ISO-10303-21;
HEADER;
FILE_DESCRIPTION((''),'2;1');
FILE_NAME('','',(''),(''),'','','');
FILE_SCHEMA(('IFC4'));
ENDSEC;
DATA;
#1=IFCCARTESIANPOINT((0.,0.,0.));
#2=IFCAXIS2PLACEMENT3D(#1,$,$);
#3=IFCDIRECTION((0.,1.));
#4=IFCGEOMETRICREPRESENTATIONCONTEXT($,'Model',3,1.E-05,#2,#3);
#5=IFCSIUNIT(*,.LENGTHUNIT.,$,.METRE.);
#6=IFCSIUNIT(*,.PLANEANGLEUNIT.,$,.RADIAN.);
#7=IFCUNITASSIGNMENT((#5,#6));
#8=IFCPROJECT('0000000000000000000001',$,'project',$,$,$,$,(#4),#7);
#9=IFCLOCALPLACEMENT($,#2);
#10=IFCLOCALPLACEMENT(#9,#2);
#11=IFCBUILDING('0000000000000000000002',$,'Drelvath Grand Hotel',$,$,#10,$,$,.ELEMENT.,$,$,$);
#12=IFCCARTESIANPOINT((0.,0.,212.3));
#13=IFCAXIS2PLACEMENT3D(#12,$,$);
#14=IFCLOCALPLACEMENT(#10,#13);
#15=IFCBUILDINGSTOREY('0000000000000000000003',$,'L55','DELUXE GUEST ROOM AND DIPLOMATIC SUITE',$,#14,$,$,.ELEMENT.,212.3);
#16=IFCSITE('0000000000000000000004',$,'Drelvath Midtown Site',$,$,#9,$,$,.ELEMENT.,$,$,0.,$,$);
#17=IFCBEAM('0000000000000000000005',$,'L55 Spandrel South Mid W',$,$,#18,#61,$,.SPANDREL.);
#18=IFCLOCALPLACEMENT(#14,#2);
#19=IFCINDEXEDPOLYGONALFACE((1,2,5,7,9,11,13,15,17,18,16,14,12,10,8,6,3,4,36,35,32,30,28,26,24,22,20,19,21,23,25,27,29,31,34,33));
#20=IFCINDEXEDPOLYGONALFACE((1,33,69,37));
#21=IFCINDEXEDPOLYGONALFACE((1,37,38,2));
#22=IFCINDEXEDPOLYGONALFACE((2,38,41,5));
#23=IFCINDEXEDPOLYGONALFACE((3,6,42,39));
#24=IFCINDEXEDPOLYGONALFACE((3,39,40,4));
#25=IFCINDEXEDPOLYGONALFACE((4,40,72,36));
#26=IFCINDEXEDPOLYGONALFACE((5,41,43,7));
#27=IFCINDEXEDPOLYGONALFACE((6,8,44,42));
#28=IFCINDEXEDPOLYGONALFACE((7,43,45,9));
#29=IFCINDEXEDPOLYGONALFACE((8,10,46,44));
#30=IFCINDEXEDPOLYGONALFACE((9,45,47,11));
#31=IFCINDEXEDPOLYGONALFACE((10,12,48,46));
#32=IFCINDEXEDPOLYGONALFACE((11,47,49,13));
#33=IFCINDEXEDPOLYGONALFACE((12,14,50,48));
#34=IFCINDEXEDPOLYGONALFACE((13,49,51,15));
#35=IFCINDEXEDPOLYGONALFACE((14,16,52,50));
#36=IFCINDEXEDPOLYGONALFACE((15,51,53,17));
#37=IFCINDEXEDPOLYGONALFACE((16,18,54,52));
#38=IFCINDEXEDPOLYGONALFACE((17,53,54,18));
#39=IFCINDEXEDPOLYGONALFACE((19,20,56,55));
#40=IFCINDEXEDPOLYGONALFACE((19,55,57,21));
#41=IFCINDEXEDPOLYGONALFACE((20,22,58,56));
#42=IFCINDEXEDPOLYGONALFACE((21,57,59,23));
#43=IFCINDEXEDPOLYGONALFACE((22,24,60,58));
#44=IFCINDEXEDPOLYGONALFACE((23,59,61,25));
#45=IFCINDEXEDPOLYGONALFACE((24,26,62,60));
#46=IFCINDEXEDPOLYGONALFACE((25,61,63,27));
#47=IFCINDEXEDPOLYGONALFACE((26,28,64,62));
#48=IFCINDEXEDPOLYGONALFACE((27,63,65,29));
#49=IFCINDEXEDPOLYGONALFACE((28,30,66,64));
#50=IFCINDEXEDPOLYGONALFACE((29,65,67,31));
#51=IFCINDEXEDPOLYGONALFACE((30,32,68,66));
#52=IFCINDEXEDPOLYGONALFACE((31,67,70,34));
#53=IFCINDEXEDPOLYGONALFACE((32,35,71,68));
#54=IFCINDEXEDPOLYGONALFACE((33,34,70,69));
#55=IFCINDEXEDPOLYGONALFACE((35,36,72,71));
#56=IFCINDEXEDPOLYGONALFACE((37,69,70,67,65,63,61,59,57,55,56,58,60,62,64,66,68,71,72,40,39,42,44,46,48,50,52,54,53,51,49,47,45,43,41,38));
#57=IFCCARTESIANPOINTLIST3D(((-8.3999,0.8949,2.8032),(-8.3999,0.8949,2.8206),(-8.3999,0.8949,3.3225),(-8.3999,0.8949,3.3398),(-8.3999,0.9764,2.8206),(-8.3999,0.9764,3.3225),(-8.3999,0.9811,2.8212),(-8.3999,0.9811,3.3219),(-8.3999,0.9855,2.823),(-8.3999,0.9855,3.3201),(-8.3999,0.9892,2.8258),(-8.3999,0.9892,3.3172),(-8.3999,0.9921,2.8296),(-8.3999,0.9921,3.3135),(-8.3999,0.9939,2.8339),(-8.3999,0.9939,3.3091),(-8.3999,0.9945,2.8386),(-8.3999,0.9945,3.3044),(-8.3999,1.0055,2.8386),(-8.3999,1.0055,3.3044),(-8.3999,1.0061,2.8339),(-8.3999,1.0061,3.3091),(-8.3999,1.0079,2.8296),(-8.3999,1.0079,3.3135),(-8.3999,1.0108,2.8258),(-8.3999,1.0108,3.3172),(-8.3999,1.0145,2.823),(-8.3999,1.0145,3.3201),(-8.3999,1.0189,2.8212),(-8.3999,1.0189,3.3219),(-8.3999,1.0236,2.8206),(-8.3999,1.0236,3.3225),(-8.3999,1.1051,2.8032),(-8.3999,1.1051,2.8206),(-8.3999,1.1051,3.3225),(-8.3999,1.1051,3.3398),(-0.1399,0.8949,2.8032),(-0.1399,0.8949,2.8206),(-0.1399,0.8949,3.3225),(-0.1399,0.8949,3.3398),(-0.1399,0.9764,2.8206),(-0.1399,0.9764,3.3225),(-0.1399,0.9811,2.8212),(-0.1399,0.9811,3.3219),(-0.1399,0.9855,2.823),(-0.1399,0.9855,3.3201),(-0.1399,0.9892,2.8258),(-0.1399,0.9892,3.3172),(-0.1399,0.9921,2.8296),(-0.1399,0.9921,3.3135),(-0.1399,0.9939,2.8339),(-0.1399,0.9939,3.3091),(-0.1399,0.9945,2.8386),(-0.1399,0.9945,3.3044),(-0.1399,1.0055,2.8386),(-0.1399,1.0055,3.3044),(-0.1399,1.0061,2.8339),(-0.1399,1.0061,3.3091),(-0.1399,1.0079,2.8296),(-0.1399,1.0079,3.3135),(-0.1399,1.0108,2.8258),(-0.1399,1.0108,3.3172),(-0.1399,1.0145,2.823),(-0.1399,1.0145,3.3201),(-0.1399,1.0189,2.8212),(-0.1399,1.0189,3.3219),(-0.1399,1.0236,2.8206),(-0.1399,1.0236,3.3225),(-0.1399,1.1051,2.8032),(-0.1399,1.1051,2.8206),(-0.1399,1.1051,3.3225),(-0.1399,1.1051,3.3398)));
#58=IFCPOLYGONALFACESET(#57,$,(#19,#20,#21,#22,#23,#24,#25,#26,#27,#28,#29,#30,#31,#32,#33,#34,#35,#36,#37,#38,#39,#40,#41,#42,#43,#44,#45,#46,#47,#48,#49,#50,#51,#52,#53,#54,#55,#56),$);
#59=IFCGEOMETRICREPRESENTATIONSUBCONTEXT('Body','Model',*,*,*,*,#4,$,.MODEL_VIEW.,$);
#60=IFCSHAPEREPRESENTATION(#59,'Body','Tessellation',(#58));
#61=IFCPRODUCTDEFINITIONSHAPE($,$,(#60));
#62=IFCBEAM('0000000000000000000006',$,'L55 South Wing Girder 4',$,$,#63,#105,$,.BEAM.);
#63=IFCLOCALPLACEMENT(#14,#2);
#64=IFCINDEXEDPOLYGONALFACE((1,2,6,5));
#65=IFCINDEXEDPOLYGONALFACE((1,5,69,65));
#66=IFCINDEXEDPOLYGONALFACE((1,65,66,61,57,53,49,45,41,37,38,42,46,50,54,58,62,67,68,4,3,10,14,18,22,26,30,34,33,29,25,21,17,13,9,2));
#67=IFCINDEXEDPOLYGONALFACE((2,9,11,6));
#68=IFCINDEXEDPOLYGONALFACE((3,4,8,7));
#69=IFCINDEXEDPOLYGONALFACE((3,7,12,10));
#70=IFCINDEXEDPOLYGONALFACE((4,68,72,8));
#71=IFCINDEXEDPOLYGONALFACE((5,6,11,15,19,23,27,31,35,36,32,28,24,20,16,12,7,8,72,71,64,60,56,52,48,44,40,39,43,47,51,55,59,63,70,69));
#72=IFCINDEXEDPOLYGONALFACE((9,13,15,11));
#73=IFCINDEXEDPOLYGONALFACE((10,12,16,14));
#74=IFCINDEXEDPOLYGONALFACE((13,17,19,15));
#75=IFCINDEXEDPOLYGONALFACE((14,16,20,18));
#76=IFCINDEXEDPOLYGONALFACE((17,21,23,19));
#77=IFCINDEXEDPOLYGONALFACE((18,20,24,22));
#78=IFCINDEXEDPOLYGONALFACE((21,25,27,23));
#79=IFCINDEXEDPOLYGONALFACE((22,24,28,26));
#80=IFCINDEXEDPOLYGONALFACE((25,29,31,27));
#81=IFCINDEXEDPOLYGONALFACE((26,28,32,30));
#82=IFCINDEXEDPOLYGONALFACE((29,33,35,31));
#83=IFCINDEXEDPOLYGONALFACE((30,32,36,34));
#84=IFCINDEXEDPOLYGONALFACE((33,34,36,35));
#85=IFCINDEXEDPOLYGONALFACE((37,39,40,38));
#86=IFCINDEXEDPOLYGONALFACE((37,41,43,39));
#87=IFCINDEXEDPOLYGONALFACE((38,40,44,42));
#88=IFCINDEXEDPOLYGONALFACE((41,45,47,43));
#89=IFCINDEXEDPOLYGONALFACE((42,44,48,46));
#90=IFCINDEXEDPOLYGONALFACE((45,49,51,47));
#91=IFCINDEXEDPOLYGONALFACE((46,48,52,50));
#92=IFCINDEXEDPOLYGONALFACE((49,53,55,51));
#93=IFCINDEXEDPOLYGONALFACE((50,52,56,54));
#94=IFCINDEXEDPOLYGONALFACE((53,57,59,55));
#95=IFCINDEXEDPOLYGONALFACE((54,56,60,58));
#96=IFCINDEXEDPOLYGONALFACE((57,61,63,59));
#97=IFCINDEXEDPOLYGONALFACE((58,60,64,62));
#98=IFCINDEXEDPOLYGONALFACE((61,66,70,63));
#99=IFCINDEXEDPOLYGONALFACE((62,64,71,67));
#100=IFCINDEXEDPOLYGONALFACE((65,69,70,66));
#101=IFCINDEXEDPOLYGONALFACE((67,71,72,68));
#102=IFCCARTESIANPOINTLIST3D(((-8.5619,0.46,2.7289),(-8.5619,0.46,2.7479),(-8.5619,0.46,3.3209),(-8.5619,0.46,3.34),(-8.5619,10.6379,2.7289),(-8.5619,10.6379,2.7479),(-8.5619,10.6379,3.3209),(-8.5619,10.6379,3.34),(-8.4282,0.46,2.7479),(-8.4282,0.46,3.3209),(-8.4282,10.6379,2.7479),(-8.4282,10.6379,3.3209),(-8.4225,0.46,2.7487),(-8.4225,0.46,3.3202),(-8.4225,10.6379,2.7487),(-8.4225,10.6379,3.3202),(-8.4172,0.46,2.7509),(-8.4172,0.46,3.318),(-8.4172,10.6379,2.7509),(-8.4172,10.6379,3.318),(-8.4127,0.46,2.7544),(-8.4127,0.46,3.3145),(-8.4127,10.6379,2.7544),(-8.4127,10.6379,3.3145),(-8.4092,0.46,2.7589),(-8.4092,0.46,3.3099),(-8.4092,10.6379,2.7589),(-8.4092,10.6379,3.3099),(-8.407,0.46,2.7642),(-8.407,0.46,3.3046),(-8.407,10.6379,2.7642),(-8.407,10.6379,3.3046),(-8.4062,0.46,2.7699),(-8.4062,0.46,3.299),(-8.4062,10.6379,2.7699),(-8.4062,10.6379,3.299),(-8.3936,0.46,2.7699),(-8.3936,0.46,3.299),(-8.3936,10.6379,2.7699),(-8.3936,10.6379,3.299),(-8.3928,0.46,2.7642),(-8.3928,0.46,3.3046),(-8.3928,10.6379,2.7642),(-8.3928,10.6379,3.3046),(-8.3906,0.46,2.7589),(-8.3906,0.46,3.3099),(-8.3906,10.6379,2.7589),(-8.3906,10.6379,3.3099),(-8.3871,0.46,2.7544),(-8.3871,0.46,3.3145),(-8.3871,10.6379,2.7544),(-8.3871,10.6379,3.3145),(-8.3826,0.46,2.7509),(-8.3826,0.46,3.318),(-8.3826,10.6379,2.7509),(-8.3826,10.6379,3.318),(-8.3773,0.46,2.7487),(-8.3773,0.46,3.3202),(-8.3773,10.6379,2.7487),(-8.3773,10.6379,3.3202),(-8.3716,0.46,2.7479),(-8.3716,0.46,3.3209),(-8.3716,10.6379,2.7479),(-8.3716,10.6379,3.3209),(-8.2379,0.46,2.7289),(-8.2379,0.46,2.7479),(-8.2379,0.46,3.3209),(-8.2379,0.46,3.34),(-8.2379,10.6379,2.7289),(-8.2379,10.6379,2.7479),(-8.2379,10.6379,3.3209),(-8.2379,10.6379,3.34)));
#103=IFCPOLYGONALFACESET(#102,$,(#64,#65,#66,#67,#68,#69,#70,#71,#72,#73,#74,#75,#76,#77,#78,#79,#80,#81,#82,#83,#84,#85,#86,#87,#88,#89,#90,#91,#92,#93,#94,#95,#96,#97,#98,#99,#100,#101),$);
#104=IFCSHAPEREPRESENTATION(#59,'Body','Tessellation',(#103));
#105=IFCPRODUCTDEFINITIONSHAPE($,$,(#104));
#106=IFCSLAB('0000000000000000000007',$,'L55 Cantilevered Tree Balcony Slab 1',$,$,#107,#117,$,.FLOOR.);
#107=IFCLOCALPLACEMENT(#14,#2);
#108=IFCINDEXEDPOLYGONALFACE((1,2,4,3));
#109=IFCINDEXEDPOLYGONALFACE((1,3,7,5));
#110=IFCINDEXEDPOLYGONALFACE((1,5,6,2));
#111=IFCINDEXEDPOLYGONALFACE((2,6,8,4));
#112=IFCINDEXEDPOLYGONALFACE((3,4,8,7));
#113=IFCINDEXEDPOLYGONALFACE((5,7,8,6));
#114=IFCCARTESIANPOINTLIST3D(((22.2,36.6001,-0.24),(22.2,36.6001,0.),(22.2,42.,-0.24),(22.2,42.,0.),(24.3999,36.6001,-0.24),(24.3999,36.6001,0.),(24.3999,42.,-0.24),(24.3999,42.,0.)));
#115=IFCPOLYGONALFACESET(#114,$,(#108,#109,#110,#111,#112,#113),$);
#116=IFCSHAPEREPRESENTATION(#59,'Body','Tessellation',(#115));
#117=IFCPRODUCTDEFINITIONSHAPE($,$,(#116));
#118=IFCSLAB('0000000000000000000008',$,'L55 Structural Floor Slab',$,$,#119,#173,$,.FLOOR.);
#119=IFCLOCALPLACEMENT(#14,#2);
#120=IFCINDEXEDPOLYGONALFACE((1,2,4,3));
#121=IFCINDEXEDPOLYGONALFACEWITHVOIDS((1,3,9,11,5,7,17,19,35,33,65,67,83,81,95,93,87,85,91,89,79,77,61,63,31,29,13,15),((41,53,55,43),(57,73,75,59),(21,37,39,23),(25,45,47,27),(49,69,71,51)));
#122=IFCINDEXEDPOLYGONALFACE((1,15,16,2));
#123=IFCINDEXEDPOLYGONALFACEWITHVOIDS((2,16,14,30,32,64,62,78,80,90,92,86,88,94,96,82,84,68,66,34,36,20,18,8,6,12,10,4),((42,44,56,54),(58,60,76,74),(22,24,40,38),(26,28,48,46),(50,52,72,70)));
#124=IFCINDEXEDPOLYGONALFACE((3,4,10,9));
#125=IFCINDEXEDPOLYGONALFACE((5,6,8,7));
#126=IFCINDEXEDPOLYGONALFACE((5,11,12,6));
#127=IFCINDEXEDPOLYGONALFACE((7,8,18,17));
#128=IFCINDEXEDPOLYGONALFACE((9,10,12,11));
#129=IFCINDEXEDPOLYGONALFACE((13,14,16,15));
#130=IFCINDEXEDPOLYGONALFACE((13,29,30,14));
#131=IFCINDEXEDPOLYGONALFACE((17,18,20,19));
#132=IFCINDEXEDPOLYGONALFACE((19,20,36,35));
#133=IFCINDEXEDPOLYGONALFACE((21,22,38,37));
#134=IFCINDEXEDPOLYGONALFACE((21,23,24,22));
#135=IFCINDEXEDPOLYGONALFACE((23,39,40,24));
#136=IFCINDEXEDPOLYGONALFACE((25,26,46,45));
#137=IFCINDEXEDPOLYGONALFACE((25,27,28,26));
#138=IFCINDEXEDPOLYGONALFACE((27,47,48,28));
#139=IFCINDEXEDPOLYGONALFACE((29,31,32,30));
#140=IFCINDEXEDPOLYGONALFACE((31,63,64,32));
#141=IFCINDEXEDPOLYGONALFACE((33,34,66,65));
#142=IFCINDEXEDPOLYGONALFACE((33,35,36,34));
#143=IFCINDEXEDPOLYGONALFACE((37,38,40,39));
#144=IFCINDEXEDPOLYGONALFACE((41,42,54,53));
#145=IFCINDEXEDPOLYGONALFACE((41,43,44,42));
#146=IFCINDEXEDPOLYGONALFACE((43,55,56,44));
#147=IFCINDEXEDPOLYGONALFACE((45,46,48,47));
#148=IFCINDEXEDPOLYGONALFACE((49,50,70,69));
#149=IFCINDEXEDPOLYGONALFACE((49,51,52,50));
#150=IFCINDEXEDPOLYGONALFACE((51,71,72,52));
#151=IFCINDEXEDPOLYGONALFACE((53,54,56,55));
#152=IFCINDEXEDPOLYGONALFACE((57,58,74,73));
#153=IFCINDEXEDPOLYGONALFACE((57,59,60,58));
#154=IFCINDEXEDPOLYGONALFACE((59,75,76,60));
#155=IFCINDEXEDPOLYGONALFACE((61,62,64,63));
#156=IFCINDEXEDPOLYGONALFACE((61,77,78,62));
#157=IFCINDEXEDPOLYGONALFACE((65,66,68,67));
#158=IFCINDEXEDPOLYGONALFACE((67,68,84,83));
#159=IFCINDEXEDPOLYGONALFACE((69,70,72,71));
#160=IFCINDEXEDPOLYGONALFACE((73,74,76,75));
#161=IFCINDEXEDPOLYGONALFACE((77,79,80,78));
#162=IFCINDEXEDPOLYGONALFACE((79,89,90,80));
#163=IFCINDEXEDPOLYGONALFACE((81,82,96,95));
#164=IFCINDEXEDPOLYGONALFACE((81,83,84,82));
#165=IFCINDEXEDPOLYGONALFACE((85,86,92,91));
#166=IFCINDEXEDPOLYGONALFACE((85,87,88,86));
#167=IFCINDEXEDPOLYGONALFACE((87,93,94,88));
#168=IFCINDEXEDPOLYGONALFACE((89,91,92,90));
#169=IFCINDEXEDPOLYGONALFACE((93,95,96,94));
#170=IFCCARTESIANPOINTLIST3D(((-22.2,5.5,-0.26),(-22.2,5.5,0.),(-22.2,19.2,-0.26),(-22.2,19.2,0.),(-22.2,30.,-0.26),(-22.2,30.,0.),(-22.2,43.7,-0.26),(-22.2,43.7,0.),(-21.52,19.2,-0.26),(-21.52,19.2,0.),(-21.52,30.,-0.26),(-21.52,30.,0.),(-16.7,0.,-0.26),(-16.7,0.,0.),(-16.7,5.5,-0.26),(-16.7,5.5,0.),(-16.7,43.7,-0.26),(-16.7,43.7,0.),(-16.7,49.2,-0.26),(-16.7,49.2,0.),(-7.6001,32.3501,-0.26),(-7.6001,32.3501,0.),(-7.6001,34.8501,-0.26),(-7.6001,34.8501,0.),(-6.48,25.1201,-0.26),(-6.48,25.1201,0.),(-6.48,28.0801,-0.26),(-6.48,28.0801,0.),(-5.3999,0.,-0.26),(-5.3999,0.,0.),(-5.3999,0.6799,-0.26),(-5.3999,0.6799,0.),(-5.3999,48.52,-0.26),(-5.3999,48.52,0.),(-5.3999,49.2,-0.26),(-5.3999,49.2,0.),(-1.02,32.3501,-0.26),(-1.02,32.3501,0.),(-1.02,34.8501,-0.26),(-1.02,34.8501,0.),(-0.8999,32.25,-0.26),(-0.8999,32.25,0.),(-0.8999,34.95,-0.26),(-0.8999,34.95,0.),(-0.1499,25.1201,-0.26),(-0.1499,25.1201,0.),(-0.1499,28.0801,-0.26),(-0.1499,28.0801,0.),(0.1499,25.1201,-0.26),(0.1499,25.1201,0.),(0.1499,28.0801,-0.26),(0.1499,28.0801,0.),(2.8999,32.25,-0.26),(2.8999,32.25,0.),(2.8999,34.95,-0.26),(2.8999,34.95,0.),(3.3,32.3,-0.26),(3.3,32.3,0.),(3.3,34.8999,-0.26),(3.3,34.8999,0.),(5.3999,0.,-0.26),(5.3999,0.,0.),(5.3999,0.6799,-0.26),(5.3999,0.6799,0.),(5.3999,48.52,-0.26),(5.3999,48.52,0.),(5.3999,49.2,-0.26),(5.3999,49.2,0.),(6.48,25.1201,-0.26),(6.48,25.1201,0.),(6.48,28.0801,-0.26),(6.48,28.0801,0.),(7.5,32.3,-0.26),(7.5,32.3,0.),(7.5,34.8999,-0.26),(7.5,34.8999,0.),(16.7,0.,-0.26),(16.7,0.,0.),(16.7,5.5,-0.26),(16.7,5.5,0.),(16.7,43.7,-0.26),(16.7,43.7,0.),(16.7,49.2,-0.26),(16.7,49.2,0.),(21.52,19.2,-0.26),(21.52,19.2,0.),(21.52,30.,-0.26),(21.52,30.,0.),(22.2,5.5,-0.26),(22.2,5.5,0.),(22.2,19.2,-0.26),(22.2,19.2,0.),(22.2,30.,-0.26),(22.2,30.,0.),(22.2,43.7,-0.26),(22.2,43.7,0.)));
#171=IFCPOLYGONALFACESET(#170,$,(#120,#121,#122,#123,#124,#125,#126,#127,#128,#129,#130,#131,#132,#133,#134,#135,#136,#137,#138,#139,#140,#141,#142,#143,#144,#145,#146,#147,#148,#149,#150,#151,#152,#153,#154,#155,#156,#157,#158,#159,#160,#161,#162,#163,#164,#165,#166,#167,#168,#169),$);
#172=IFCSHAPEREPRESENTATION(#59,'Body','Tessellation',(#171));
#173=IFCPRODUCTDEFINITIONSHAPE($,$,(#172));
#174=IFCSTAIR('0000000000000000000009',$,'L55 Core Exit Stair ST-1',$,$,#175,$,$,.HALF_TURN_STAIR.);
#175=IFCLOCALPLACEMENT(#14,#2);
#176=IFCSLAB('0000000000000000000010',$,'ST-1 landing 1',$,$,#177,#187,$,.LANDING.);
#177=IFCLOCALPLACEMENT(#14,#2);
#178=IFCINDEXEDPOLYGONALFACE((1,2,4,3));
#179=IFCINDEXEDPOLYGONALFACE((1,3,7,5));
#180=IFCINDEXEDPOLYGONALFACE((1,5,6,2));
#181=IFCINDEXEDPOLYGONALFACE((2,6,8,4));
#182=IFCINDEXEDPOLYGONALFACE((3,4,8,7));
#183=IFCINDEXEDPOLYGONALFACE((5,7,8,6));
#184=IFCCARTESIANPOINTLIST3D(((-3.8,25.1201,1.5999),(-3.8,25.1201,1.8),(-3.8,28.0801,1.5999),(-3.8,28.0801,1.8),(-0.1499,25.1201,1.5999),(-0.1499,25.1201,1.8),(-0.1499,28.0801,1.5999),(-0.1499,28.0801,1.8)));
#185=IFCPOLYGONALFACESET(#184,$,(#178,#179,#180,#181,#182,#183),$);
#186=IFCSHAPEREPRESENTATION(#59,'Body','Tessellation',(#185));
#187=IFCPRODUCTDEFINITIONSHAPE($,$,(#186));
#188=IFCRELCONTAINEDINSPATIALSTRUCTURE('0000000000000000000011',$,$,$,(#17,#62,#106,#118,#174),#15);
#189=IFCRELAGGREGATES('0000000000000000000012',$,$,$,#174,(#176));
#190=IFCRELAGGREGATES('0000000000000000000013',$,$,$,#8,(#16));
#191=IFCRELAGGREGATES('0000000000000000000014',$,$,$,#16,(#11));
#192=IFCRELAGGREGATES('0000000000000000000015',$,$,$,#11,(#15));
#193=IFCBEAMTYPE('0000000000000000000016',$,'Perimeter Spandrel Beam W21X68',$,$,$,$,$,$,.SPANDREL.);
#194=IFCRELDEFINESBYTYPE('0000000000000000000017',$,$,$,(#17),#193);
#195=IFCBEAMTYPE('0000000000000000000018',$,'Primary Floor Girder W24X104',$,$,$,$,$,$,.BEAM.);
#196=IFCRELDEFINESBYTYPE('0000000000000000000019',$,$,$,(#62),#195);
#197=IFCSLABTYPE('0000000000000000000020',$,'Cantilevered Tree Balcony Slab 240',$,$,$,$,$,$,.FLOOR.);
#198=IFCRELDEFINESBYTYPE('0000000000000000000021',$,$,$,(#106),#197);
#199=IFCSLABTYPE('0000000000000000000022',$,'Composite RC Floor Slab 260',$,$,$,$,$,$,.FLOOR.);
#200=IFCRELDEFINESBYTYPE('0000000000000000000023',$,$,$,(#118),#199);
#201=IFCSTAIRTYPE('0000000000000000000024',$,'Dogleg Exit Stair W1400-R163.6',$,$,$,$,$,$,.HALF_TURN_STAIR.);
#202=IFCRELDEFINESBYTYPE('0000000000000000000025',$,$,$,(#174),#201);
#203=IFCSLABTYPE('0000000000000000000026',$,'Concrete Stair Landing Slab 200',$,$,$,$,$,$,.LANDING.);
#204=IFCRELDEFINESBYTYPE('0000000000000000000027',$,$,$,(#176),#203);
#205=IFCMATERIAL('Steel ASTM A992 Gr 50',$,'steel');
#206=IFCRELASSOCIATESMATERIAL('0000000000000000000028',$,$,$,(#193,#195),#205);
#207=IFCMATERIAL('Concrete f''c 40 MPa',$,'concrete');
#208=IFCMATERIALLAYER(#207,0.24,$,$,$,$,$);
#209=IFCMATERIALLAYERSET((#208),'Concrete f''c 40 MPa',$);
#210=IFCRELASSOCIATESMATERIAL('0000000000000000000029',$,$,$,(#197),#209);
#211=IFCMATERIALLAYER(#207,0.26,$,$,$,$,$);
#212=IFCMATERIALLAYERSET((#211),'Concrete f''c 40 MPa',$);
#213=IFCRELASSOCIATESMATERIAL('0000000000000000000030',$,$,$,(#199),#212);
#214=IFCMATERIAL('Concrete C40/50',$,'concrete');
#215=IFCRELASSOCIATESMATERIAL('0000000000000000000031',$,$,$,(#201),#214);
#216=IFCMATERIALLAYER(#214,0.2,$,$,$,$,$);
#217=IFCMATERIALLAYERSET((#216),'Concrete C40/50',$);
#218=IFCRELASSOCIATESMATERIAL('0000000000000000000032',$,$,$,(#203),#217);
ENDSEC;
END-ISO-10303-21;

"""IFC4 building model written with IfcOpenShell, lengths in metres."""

from ifc_helpers import new_model, si_unit, direction, frame, origin, origin_2d, place, context, subcontext, project, spatial, polyline, i_section, outline, extrude, material, layer, layer_set, material_profile, profile_set, type_object, element, aggregate, save


model = new_model("IFC4")

# Units and contexts
model_context = context("Model", 3, precision=1e-05, world=origin(), true_north=direction((0.0, 1.0)))
body_context = subcontext(model_context, "Body", "Model", "MODEL_VIEW")
ifc_project = project(units=[si_unit("LENGTHUNIT", "METRE"), si_unit("PLANEANGLEUNIT", "RADIAN")], contexts=[model_context])

# Site, building, storey
site_placement = place(None, origin())
site = spatial("IfcSite", under=ifc_project, at=site_placement, Name="Drelvath Midtown Site", CompositionType="ELEMENT", RefElevation=0.0)
building_placement = place(site_placement, origin())
building = spatial("IfcBuilding", under=site, at=building_placement, Name="Drelvath Grand Hotel", CompositionType="ELEMENT")
storey_placement = place(building_placement, frame((0.0, 0.0, 212.3)))
storey = spatial("IfcBuildingStorey", under=building, at=storey_placement, Name="L55", Description="DELUXE GUEST ROOM AND DIPLOMATIC SUITE", CompositionType="ELEMENT", Elevation=212.3)

# Beams
ifc_material_1 = material(Name="Steel ASTM A992 Gr 50", Category="steel")
ifc_material_profile_1 = material_profile(ifc_material_1, i_section(OverallWidth=0.2102, OverallDepth=0.5366, WebThickness=0.011, FlangeThickness=0.0173, FilletRadius=0.0181, at=origin_2d()), Name="W21X68")
ifc_profile_set_1 = profile_set([ifc_material_profile_1], Name="Steel ASTM A992 Gr 50")
beam_type_1 = type_object("IfcBeamType", Name="Perimeter Spandrel Beam W21X68", PredefinedType="SPANDREL", material=ifc_profile_set_1)
beam_1_placement = place(storey_placement, frame((-8.3999, 1.0, 3.0715), z_axis=(1.0, 0.0, 0.0), x_axis=(0.0, 1.0, 0.0)))
element("IfcBeam", 1, at=beam_1_placement, inside=storey, type_object=beam_type_1, Name="L55 Spandrel South Mid W", PredefinedType="SPANDREL", context=body_context, shape_type="SweptSolid", body=[
    extrude(i_section(OverallWidth=0.2102, OverallDepth=0.5366, WebThickness=0.011, FlangeThickness=0.0173, FilletRadius=0.0181, at=origin_2d()), origin(), (0.0, 0.0, 1.0), 8.26),
])
ifc_material_profile_2 = material_profile(ifc_material_1, i_section(OverallWidth=0.324, OverallDepth=0.6111, WebThickness=0.0127, FlangeThickness=0.019, FilletRadius=0.022, at=origin_2d()), Name="W24X104")
ifc_profile_set_2 = profile_set([ifc_material_profile_2], Name="Steel ASTM A992 Gr 50")
beam_type_2 = type_object("IfcBeamType", Name="Primary Floor Girder W24X104", PredefinedType="BEAM", material=ifc_profile_set_2)
beam_2_placement = place(storey_placement, frame((-8.3999, 0.46, 3.0344), z_axis=(0.0, 1.0, 0.0), x_axis=(-1.0, 0.0, 0.0)))
element("IfcBeam", 2, at=beam_2_placement, inside=storey, type_object=beam_type_2, Name="L55 South Wing Girder 4", PredefinedType="BEAM", context=body_context, shape_type="SweptSolid", body=[
    extrude(i_section(OverallWidth=0.324, OverallDepth=0.6111, WebThickness=0.0127, FlangeThickness=0.019, FilletRadius=0.022, at=origin_2d()), origin(), (0.0, 0.0, 1.0), 10.178),
])

# Slabs
ifc_material_2 = material(Name="Concrete f'c 40 MPa", Category="concrete")
ifc_layer_1 = layer(ifc_material_2, 0.24)
ifc_layer_set_1 = layer_set([ifc_layer_1], Name="Concrete f'c 40 MPa")
slab_type_1 = type_object("IfcSlabType", Name="Cantilevered Tree Balcony Slab 240", PredefinedType="FLOOR", material=ifc_layer_set_1)
slab_1_placement = place(storey_placement, frame((0.0, 0.0, -0.24)))
element("IfcSlab", 3, at=slab_1_placement, inside=storey, type_object=slab_type_1, Name="L55 Cantilevered Tree Balcony Slab 1", PredefinedType="FLOOR", context=body_context, shape_type="SweptSolid", body=[
    extrude(outline(polyline([(22.2, 36.6001), (24.3999, 36.6001), (24.3999, 42.0), (22.2, 42.0), (22.2, 36.6001)])), origin(), (0.0, 0.0, 1.0), 0.24),
])
ifc_layer_2 = layer(ifc_material_2, 0.26)
ifc_layer_set_2 = layer_set([ifc_layer_2], Name="Concrete f'c 40 MPa")
slab_type_2 = type_object("IfcSlabType", Name="Composite RC Floor Slab 260", PredefinedType="FLOOR", material=ifc_layer_set_2)
slab_2_placement = place(storey_placement, frame((0.0, 0.0, -0.26)))
element("IfcSlab", 4, at=slab_2_placement, inside=storey, type_object=slab_type_2, Name="L55 Structural Floor Slab", PredefinedType="FLOOR", context=body_context, shape_type="SweptSolid", body=[
    extrude(outline(polyline([(-16.7, 0.0), (-5.3999, 0.0), (-5.3999, 0.6799), (5.3999, 0.6799), (5.3999, 0.0), (16.7, 0.0), (16.7, 5.5), (22.2, 5.5), (22.2, 19.2), (21.52, 19.2), (21.52, 30.0), (22.2, 30.0), (22.2, 43.7), (16.7, 43.7), (16.7, 49.2), (5.3999, 49.2), (5.3999, 48.52), (-5.3999, 48.52), (-5.3999, 49.2), (-16.7, 49.2), (-16.7, 43.7), (-22.2, 43.7), (-22.2, 30.0), (-21.52, 30.0), (-21.52, 19.2), (-22.2, 19.2), (-22.2, 5.5), (-16.7, 5.5), (-16.7, 0.0)]), holes=[polyline([(-6.48, 25.1201), (-6.48, 28.0801), (-0.1499, 28.0801), (-0.1499, 25.1201), (-6.48, 25.1201)]), polyline([(0.1499, 25.1201), (0.1499, 28.0801), (6.48, 28.0801), (6.48, 25.1201), (0.1499, 25.1201)]), polyline([(-7.6001, 32.3501), (-7.6001, 34.8501), (-1.02, 34.8501), (-1.02, 32.3501), (-7.6001, 32.3501)]), polyline([(-0.8999, 32.25), (-0.8999, 34.95), (2.8999, 34.95), (2.8999, 32.25), (-0.8999, 32.25)]), polyline([(3.3, 32.3), (3.3, 34.8999), (7.5, 34.8999), (7.5, 32.3), (3.3, 32.3)])]), origin(), (0.0, 0.0, 1.0), 0.26),
])

# Stair, slab
ifc_material_3 = material(Name="Concrete C40/50", Category="concrete")
stair_type = type_object("IfcStairType", Name="Dogleg Exit Stair W1400-R163.6", PredefinedType="HALF_TURN_STAIR", material=ifc_material_3)
stair_1_placement = place(storey_placement, origin())
stair_1 = element("IfcStair", 5, at=stair_1_placement, inside=storey, type_object=stair_type, Name="L55 Core Exit Stair ST-1", PredefinedType="HALF_TURN_STAIR")
ifc_layer_3 = layer(ifc_material_3, 0.2)
ifc_layer_set_3 = layer_set([ifc_layer_3], Name="Concrete C40/50")
slab_type_3 = type_object("IfcSlabType", Name="Concrete Stair Landing Slab 200", PredefinedType="LANDING", material=ifc_layer_set_3)
slab_3_placement = place(storey_placement, frame((0.0, 0.0, 1.5999)))
slab_3 = element("IfcSlab", 6, at=slab_3_placement, type_object=slab_type_3, Name="ST-1 landing 1", PredefinedType="LANDING", context=body_context, shape_type="SweptSolid", body=[
    extrude(outline(polyline([(-3.8, 25.1201), (-0.1499, 25.1201), (-0.1499, 28.0801), (-3.8, 28.0801), (-3.8, 25.1201)])), origin(), (0.0, 0.0, 1.0), 0.2002),
])
aggregate(stair_1, [slab_3])

save(model, "model.ifc")
